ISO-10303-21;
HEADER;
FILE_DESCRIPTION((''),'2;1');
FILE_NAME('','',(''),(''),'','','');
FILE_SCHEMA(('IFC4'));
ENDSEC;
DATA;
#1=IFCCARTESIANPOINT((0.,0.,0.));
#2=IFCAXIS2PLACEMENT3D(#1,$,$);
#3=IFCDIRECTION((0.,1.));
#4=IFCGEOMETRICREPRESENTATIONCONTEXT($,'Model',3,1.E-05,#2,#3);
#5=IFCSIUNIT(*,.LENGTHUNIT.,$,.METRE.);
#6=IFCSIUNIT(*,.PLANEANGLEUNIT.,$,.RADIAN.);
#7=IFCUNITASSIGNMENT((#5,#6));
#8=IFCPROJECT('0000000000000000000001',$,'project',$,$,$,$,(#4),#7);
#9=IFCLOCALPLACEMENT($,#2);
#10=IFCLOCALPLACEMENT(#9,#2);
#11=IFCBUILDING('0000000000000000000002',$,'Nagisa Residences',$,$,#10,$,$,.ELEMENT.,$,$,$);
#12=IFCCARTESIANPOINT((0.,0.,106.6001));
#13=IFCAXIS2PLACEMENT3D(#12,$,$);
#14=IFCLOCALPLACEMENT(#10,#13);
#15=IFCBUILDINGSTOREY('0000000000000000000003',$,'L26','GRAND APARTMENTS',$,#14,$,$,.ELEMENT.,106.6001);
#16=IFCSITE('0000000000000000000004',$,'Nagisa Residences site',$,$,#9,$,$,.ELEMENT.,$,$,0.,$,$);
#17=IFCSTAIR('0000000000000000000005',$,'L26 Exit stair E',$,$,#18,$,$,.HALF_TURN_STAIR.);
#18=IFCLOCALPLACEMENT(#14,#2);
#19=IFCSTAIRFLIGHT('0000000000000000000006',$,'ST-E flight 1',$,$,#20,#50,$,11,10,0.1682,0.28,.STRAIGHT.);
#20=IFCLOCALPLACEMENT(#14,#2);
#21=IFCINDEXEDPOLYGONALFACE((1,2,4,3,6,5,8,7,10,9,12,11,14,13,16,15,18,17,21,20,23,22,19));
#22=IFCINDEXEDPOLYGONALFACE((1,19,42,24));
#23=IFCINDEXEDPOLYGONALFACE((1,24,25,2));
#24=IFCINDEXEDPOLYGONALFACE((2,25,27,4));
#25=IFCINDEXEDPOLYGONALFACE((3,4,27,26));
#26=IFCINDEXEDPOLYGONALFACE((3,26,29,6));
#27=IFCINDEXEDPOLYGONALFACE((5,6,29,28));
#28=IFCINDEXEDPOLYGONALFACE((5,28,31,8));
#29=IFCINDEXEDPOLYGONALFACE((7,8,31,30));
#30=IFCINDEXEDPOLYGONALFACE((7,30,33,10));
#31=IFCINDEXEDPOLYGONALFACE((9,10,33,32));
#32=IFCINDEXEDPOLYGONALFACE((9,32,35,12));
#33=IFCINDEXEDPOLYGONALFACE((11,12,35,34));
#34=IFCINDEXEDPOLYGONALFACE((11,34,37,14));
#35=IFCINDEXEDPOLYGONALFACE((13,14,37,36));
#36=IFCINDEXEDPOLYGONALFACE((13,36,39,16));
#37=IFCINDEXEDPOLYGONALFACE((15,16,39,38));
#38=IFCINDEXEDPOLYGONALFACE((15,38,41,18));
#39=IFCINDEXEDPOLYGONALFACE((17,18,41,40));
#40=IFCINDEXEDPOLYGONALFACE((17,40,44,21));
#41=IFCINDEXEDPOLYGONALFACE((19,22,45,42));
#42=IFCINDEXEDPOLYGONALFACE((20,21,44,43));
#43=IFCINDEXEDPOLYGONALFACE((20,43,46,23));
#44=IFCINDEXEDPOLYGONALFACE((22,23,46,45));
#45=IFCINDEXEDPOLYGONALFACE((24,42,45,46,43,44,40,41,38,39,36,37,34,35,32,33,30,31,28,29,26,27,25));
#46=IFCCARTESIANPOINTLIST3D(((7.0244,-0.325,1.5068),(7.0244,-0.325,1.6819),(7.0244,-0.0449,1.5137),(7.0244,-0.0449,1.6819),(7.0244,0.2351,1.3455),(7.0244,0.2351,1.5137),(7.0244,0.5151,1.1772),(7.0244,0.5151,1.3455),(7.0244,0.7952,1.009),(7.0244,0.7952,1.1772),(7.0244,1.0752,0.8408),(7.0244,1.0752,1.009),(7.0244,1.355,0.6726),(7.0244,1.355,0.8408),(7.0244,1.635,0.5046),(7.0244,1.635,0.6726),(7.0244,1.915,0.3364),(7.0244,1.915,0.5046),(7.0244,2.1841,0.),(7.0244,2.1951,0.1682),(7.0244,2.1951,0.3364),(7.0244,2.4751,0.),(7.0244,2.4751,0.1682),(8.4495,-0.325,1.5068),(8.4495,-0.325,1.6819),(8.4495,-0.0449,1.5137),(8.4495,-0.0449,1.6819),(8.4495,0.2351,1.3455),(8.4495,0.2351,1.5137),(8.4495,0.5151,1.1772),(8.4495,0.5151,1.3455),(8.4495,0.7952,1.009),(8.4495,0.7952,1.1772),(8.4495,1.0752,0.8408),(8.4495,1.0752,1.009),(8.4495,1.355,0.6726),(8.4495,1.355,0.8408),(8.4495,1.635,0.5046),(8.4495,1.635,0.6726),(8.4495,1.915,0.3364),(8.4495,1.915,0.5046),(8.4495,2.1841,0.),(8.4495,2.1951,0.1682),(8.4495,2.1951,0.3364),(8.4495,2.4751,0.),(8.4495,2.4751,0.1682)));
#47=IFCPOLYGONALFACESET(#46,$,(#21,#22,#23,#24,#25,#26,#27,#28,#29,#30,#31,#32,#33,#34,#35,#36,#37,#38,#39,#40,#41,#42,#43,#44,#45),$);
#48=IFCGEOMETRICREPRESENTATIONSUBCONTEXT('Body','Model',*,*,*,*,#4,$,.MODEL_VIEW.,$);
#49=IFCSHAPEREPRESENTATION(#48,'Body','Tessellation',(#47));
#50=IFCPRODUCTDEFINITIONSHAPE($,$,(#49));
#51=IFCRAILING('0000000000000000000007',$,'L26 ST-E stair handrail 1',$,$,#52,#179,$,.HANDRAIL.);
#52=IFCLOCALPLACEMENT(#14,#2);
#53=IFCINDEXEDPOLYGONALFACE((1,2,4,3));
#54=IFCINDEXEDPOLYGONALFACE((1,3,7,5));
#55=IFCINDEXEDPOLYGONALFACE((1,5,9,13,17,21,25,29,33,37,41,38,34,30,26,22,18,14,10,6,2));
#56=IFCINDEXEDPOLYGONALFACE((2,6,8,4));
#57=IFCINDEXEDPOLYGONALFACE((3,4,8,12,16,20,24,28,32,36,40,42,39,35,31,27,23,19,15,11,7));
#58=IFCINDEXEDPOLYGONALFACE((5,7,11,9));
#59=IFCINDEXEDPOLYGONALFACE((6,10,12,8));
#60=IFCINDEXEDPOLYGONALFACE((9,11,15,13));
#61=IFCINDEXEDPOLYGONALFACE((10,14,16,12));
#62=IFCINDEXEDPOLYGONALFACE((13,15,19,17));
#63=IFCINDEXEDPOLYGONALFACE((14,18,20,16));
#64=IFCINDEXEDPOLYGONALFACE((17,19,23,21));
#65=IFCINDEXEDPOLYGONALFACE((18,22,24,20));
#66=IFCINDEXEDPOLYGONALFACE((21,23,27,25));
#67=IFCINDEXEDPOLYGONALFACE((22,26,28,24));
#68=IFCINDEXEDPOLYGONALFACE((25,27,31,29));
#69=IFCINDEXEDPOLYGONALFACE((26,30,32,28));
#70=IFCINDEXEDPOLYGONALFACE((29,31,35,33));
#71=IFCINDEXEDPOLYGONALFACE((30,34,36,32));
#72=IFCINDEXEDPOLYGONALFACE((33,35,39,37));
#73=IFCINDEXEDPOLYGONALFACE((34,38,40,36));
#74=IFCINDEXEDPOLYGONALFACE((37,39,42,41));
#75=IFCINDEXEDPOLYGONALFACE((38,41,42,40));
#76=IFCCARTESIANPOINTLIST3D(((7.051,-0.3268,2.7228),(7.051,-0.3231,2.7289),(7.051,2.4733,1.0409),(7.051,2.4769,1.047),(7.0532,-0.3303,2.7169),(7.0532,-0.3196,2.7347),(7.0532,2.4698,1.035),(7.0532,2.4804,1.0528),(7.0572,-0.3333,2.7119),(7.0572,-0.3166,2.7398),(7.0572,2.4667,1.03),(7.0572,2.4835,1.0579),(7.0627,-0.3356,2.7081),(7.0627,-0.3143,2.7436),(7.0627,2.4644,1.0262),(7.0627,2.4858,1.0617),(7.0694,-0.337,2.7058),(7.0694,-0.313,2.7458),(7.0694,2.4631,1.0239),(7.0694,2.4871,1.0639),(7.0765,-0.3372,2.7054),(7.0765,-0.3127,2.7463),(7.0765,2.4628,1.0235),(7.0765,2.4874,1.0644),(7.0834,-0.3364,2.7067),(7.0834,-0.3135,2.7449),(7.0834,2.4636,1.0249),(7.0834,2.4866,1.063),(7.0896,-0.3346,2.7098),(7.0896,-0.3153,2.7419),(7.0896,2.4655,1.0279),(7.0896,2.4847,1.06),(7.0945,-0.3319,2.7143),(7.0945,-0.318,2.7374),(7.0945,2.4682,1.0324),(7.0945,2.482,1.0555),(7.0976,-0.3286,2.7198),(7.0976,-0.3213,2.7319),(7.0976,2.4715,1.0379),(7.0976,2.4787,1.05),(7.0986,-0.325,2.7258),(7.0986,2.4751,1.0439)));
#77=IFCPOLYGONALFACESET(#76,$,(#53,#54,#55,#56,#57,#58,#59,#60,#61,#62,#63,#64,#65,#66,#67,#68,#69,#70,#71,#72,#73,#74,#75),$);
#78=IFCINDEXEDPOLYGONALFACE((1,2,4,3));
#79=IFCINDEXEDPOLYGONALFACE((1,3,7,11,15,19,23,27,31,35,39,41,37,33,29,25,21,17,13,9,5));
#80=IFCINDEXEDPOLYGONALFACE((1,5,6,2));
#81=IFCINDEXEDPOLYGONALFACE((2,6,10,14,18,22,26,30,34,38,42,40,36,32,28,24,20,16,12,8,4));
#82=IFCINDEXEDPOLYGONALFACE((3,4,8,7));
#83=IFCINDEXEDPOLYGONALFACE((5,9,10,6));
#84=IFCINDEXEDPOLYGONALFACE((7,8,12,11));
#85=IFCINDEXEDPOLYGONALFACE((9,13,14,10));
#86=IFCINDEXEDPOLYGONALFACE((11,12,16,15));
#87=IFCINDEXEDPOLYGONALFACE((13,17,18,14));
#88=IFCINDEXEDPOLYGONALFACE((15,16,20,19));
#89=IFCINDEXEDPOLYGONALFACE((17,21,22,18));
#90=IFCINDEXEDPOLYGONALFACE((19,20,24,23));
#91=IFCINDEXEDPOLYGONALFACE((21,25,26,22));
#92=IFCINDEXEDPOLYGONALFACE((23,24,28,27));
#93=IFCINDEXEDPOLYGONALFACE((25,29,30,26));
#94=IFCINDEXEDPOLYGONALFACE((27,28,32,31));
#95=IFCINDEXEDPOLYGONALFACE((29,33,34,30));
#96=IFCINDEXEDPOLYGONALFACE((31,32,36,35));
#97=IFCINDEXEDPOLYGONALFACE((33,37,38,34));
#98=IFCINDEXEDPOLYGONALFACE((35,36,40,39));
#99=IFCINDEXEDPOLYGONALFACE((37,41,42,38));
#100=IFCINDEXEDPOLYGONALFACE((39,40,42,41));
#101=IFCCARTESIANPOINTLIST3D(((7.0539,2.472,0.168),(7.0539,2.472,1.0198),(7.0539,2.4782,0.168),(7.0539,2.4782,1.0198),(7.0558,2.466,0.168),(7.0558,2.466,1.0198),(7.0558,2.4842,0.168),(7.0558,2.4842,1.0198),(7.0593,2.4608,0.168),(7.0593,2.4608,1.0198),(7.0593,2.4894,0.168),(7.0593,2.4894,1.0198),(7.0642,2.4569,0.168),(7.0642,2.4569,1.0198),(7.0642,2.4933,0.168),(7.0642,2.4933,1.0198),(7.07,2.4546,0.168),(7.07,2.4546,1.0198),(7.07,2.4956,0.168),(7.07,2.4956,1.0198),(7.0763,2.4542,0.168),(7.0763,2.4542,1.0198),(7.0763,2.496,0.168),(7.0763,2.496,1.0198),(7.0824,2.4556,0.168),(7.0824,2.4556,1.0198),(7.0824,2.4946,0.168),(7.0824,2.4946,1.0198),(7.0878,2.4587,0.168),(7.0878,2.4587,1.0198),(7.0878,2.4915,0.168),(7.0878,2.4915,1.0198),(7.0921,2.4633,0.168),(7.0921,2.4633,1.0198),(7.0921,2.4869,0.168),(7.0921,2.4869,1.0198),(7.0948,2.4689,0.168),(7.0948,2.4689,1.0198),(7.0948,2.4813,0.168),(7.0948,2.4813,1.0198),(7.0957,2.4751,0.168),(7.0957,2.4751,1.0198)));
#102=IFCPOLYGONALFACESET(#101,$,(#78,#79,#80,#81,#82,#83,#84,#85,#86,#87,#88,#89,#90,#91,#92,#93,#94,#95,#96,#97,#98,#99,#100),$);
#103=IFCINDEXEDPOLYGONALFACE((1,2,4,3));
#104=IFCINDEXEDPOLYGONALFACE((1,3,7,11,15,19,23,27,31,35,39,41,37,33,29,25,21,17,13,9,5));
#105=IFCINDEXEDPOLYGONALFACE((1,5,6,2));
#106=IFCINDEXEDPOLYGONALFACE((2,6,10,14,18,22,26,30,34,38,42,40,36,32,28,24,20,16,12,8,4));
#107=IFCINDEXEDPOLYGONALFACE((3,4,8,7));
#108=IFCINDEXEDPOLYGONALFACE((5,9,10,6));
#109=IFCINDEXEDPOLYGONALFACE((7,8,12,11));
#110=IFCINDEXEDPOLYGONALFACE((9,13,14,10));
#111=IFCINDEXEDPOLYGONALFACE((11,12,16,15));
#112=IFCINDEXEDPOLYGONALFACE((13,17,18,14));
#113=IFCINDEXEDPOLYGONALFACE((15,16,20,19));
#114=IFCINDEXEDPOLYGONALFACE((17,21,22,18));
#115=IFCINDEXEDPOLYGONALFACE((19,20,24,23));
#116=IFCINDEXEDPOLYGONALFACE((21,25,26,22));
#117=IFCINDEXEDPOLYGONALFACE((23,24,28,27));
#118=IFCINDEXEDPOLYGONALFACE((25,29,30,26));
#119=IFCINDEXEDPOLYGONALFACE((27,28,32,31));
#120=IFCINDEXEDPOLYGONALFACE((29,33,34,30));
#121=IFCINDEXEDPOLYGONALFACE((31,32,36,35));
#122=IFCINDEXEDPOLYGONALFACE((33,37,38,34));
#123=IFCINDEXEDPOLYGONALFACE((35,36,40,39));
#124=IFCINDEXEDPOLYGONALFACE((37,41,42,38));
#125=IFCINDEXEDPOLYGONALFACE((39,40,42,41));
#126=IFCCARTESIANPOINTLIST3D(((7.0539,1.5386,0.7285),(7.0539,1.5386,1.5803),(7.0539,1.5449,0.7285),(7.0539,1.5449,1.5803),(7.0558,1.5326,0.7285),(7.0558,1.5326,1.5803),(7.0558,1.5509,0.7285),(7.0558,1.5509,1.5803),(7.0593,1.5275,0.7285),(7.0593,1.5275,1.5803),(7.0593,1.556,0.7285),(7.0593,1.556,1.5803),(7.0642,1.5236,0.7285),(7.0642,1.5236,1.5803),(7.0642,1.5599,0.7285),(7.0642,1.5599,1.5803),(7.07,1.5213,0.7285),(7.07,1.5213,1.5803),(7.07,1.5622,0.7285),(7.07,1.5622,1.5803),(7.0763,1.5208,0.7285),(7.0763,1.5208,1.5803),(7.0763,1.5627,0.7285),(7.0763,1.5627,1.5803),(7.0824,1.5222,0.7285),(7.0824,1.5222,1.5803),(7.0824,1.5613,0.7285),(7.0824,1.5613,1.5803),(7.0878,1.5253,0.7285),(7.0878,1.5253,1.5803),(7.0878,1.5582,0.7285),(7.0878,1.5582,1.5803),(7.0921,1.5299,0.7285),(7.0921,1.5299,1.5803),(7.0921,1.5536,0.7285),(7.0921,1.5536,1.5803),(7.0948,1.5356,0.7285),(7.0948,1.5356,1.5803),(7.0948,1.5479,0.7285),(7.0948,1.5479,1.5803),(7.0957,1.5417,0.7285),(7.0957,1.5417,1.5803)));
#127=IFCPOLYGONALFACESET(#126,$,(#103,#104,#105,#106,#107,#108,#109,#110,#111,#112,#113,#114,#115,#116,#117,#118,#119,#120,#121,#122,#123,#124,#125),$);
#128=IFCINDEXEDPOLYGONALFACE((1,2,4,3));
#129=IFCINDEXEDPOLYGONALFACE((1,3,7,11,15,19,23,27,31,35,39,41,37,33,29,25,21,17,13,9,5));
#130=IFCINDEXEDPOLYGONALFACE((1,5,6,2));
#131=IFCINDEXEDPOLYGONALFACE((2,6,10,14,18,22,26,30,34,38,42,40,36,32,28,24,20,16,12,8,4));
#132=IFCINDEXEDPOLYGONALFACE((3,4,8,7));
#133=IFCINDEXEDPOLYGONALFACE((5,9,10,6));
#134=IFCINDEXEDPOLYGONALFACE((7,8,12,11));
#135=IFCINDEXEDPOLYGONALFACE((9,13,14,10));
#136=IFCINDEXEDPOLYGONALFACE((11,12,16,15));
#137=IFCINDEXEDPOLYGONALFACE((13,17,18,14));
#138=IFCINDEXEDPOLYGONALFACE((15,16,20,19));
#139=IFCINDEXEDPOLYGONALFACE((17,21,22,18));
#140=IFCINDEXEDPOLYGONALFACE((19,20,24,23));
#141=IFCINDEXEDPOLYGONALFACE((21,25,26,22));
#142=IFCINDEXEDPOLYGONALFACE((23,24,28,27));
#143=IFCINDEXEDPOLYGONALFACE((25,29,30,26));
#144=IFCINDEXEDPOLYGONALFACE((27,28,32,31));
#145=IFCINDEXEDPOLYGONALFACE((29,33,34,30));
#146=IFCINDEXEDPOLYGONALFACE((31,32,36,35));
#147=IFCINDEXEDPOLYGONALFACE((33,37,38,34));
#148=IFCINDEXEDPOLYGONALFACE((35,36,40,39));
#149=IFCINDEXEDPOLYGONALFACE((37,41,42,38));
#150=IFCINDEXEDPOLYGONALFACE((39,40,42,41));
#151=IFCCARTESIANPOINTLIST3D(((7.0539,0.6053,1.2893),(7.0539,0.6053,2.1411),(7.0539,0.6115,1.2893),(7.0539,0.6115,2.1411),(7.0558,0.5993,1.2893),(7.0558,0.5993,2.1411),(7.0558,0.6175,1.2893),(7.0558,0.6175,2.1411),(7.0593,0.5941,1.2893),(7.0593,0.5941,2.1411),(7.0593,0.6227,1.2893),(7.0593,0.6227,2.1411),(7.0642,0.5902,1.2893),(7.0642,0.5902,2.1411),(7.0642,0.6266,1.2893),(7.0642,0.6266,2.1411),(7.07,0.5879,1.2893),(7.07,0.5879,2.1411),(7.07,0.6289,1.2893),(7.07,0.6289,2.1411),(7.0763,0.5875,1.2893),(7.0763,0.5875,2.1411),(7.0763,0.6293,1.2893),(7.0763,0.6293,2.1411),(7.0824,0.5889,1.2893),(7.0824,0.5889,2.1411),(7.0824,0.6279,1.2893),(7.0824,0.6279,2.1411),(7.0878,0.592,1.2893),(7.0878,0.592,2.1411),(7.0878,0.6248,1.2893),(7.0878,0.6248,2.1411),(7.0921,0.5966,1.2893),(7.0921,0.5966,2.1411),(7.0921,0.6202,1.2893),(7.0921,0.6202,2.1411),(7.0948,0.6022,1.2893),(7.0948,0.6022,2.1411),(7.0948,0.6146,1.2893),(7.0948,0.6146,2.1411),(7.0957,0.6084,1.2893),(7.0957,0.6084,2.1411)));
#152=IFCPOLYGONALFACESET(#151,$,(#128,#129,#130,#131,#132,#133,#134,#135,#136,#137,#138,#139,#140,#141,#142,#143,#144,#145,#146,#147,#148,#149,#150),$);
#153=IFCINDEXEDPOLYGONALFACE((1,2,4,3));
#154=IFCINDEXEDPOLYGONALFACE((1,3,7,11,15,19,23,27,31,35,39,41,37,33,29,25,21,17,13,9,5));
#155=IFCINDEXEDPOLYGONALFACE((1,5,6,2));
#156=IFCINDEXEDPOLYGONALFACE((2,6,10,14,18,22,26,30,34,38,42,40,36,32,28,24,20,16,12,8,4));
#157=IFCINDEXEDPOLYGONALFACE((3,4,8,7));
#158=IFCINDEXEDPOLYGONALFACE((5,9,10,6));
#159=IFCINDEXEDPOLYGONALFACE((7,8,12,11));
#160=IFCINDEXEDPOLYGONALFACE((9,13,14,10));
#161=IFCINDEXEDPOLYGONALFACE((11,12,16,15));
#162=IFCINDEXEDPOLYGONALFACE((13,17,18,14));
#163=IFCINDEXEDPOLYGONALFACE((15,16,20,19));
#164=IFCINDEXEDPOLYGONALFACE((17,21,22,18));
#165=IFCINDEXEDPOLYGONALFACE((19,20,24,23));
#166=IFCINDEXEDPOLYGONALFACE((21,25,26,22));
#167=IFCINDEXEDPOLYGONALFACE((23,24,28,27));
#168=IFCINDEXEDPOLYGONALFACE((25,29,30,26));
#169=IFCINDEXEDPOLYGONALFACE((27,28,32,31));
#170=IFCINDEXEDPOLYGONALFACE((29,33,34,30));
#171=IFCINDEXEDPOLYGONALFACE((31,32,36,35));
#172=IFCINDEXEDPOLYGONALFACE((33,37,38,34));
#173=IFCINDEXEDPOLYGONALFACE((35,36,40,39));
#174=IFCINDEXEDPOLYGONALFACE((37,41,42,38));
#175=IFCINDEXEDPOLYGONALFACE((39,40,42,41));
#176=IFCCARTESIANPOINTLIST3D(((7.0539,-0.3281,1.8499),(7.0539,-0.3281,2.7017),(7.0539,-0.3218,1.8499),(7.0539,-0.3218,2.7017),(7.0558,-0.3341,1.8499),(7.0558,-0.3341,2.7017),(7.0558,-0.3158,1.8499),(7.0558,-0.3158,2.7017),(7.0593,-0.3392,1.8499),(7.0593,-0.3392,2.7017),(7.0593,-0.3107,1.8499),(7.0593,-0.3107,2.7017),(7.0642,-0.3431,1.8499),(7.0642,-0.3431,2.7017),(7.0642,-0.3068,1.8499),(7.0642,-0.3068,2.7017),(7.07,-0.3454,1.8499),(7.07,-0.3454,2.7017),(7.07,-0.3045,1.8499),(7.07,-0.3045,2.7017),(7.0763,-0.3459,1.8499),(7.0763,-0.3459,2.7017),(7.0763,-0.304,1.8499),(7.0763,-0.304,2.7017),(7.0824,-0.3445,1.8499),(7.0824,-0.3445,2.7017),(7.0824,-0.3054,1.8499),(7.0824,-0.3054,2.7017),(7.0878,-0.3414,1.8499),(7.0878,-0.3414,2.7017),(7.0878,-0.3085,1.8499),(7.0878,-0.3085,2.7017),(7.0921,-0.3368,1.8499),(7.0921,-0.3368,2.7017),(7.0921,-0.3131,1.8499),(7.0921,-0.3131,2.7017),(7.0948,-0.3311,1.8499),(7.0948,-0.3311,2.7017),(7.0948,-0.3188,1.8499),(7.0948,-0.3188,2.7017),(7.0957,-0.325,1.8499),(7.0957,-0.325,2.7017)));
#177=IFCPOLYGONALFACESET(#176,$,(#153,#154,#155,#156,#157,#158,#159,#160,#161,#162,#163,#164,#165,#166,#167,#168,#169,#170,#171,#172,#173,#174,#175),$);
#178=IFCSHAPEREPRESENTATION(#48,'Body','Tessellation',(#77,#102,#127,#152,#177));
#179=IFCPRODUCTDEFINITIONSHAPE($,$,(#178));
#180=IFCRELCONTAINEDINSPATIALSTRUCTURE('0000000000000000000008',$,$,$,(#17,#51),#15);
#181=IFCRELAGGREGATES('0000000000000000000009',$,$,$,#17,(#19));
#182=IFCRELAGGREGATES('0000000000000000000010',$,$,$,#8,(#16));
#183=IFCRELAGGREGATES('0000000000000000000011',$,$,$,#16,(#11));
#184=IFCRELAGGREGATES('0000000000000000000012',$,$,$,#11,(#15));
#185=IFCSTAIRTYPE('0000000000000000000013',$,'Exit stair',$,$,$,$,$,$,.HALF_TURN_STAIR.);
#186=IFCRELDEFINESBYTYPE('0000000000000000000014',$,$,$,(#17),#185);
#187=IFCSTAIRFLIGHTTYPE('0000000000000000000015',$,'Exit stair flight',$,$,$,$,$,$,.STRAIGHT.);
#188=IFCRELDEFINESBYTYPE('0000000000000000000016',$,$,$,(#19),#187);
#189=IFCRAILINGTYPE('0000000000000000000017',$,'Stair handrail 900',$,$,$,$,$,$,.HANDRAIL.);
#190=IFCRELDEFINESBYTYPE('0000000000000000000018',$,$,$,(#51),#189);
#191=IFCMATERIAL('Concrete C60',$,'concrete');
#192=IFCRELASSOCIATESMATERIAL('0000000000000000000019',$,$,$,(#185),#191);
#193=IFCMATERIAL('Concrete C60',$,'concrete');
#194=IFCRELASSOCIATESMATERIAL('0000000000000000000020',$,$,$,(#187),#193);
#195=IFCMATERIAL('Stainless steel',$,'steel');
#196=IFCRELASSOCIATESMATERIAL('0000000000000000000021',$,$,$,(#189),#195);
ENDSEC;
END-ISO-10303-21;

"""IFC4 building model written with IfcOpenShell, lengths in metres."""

from ifc_helpers import new_model, si_unit, direction, frame, origin, origin_2d, place, context, subcontext, project, spatial, polyline, circle, outline, extrude, material, type_object, element, aggregate, save


model = new_model("IFC4")

# Units and contexts
model_context = context("Model", 3, precision=1e-05, world=origin(), true_north=direction((0.0, 1.0)))
body_context = subcontext(model_context, "Body", "Model", "MODEL_VIEW")
ifc_project = project(units=[si_unit("LENGTHUNIT", "METRE"), si_unit("PLANEANGLEUNIT", "RADIAN")], contexts=[model_context])

# Site, building, storey
site_placement = place(None, origin())
site = spatial("IfcSite", under=ifc_project, at=site_placement, Name="Nagisa Residences site", CompositionType="ELEMENT", RefElevation=0.0)
building_placement = place(site_placement, origin())
building = spatial("IfcBuilding", under=site, at=building_placement, Name="Nagisa Residences", CompositionType="ELEMENT")
storey_placement = place(building_placement, frame((0.0, 0.0, 106.6001)))
storey = spatial("IfcBuildingStorey", under=building, at=storey_placement, Name="L26", Description="GRAND APARTMENTS", CompositionType="ELEMENT", Elevation=106.6001)

# Stair, stair flight
ifc_material_1 = material(Name="Concrete C60", Category="concrete")
stair_type = type_object("IfcStairType", Name="Exit stair", PredefinedType="HALF_TURN_STAIR", material=ifc_material_1)
stair_placement = place(storey_placement, origin())
stair = element("IfcStair", 1, at=stair_placement, inside=storey, type_object=stair_type, Name="L26 Exit stair E", PredefinedType="HALF_TURN_STAIR")
ifc_material_2 = material(Name="Concrete C60", Category="concrete")
stair_flight_type = type_object("IfcStairFlightType", Name="Exit stair flight", PredefinedType="STRAIGHT", material=ifc_material_2)
stair_flight_placement = place(storey_placement, frame((7.7371, 2.4751, 0.0), z_axis=(0.0, 0.0, 1.0), x_axis=(0.0, -1.0, 0.0)))
stair_flight = element("IfcStairFlight", 2, at=stair_flight_placement, type_object=stair_flight_type, Name="ST-E flight 1", NumberOfRisers=11, NumberOfTreads=10, PredefinedType="STRAIGHT", RiserHeight=0.1682, TreadLength=0.28, context=body_context, shape_type="SweptSolid", body=[
    extrude(outline(polyline([(0.0, 0.0), (0.0, 0.1682), (0.28, 0.1682), (0.28, 0.3364), (0.5601, 0.3364), (0.5601, 0.5046), (0.8401, 0.5046), (0.8401, 0.6726), (1.1201, 0.6726), (1.1201, 0.8408), (1.3999, 0.8408), (1.3999, 1.009), (1.6799, 1.009), (1.6799, 1.1772), (1.96, 1.1772), (1.96, 1.3455), (2.24, 1.3455), (2.24, 1.5137), (2.52, 1.5137), (2.52, 1.6819), (2.8, 1.6819), (2.8, 1.8501), (2.8, 1.5068), (0.291, 0.0), (0.0, 0.0)])), frame((0.0, 0.7124, 0.0), z_axis=(0.0, -1.0, 0.0), x_axis=(1.0, 0.0, 0.0)), (0.0, 0.0, 1.0), 1.425),
])
aggregate(stair, [stair_flight])

# Railing
ifc_material_3 = material(Name="Stainless steel", Category="steel")
railing_type_1 = type_object("IfcRailingType", Name="Stair handrail 900", PredefinedType="HANDRAIL", material=ifc_material_3)
railing_1_placement = place(storey_placement, frame((7.0747, 2.4751, 0.168)))
element("IfcRailing", 3, at=railing_1_placement, inside=storey, type_object=railing_type_1, Name="L26 ST-E stair handrail 1", PredefinedType="HANDRAIL", context=body_context, shape_type="SweptSolid", body=[
    extrude(circle(Radius=0.0239, at=origin_2d()), frame((0.0, 0.0, 0.876), z_axis=(0.0, -0.857242, 0.514913), x_axis=(1.0, 0.0, 0.0)), (0.0, 0.0, 1.0), 3.2664),
    extrude(circle(Radius=0.021, at=origin_2d()), origin(), (0.0, 0.0, 1.0), 0.8518),
    extrude(circle(Radius=0.021, at=origin_2d()), frame((0.0, -0.9333, 0.5605)), (0.0, 0.0, 1.0), 0.8518),
    extrude(circle(Radius=0.021, at=origin_2d()), frame((0.0, -1.8667, 1.1213)), (0.0, 0.0, 1.0), 0.8518),
    extrude(circle(Radius=0.021, at=origin_2d()), frame((0.0, -2.8, 1.6819)), (0.0, 0.0, 1.0), 0.8518),
])

save(model, "model.ifc")
